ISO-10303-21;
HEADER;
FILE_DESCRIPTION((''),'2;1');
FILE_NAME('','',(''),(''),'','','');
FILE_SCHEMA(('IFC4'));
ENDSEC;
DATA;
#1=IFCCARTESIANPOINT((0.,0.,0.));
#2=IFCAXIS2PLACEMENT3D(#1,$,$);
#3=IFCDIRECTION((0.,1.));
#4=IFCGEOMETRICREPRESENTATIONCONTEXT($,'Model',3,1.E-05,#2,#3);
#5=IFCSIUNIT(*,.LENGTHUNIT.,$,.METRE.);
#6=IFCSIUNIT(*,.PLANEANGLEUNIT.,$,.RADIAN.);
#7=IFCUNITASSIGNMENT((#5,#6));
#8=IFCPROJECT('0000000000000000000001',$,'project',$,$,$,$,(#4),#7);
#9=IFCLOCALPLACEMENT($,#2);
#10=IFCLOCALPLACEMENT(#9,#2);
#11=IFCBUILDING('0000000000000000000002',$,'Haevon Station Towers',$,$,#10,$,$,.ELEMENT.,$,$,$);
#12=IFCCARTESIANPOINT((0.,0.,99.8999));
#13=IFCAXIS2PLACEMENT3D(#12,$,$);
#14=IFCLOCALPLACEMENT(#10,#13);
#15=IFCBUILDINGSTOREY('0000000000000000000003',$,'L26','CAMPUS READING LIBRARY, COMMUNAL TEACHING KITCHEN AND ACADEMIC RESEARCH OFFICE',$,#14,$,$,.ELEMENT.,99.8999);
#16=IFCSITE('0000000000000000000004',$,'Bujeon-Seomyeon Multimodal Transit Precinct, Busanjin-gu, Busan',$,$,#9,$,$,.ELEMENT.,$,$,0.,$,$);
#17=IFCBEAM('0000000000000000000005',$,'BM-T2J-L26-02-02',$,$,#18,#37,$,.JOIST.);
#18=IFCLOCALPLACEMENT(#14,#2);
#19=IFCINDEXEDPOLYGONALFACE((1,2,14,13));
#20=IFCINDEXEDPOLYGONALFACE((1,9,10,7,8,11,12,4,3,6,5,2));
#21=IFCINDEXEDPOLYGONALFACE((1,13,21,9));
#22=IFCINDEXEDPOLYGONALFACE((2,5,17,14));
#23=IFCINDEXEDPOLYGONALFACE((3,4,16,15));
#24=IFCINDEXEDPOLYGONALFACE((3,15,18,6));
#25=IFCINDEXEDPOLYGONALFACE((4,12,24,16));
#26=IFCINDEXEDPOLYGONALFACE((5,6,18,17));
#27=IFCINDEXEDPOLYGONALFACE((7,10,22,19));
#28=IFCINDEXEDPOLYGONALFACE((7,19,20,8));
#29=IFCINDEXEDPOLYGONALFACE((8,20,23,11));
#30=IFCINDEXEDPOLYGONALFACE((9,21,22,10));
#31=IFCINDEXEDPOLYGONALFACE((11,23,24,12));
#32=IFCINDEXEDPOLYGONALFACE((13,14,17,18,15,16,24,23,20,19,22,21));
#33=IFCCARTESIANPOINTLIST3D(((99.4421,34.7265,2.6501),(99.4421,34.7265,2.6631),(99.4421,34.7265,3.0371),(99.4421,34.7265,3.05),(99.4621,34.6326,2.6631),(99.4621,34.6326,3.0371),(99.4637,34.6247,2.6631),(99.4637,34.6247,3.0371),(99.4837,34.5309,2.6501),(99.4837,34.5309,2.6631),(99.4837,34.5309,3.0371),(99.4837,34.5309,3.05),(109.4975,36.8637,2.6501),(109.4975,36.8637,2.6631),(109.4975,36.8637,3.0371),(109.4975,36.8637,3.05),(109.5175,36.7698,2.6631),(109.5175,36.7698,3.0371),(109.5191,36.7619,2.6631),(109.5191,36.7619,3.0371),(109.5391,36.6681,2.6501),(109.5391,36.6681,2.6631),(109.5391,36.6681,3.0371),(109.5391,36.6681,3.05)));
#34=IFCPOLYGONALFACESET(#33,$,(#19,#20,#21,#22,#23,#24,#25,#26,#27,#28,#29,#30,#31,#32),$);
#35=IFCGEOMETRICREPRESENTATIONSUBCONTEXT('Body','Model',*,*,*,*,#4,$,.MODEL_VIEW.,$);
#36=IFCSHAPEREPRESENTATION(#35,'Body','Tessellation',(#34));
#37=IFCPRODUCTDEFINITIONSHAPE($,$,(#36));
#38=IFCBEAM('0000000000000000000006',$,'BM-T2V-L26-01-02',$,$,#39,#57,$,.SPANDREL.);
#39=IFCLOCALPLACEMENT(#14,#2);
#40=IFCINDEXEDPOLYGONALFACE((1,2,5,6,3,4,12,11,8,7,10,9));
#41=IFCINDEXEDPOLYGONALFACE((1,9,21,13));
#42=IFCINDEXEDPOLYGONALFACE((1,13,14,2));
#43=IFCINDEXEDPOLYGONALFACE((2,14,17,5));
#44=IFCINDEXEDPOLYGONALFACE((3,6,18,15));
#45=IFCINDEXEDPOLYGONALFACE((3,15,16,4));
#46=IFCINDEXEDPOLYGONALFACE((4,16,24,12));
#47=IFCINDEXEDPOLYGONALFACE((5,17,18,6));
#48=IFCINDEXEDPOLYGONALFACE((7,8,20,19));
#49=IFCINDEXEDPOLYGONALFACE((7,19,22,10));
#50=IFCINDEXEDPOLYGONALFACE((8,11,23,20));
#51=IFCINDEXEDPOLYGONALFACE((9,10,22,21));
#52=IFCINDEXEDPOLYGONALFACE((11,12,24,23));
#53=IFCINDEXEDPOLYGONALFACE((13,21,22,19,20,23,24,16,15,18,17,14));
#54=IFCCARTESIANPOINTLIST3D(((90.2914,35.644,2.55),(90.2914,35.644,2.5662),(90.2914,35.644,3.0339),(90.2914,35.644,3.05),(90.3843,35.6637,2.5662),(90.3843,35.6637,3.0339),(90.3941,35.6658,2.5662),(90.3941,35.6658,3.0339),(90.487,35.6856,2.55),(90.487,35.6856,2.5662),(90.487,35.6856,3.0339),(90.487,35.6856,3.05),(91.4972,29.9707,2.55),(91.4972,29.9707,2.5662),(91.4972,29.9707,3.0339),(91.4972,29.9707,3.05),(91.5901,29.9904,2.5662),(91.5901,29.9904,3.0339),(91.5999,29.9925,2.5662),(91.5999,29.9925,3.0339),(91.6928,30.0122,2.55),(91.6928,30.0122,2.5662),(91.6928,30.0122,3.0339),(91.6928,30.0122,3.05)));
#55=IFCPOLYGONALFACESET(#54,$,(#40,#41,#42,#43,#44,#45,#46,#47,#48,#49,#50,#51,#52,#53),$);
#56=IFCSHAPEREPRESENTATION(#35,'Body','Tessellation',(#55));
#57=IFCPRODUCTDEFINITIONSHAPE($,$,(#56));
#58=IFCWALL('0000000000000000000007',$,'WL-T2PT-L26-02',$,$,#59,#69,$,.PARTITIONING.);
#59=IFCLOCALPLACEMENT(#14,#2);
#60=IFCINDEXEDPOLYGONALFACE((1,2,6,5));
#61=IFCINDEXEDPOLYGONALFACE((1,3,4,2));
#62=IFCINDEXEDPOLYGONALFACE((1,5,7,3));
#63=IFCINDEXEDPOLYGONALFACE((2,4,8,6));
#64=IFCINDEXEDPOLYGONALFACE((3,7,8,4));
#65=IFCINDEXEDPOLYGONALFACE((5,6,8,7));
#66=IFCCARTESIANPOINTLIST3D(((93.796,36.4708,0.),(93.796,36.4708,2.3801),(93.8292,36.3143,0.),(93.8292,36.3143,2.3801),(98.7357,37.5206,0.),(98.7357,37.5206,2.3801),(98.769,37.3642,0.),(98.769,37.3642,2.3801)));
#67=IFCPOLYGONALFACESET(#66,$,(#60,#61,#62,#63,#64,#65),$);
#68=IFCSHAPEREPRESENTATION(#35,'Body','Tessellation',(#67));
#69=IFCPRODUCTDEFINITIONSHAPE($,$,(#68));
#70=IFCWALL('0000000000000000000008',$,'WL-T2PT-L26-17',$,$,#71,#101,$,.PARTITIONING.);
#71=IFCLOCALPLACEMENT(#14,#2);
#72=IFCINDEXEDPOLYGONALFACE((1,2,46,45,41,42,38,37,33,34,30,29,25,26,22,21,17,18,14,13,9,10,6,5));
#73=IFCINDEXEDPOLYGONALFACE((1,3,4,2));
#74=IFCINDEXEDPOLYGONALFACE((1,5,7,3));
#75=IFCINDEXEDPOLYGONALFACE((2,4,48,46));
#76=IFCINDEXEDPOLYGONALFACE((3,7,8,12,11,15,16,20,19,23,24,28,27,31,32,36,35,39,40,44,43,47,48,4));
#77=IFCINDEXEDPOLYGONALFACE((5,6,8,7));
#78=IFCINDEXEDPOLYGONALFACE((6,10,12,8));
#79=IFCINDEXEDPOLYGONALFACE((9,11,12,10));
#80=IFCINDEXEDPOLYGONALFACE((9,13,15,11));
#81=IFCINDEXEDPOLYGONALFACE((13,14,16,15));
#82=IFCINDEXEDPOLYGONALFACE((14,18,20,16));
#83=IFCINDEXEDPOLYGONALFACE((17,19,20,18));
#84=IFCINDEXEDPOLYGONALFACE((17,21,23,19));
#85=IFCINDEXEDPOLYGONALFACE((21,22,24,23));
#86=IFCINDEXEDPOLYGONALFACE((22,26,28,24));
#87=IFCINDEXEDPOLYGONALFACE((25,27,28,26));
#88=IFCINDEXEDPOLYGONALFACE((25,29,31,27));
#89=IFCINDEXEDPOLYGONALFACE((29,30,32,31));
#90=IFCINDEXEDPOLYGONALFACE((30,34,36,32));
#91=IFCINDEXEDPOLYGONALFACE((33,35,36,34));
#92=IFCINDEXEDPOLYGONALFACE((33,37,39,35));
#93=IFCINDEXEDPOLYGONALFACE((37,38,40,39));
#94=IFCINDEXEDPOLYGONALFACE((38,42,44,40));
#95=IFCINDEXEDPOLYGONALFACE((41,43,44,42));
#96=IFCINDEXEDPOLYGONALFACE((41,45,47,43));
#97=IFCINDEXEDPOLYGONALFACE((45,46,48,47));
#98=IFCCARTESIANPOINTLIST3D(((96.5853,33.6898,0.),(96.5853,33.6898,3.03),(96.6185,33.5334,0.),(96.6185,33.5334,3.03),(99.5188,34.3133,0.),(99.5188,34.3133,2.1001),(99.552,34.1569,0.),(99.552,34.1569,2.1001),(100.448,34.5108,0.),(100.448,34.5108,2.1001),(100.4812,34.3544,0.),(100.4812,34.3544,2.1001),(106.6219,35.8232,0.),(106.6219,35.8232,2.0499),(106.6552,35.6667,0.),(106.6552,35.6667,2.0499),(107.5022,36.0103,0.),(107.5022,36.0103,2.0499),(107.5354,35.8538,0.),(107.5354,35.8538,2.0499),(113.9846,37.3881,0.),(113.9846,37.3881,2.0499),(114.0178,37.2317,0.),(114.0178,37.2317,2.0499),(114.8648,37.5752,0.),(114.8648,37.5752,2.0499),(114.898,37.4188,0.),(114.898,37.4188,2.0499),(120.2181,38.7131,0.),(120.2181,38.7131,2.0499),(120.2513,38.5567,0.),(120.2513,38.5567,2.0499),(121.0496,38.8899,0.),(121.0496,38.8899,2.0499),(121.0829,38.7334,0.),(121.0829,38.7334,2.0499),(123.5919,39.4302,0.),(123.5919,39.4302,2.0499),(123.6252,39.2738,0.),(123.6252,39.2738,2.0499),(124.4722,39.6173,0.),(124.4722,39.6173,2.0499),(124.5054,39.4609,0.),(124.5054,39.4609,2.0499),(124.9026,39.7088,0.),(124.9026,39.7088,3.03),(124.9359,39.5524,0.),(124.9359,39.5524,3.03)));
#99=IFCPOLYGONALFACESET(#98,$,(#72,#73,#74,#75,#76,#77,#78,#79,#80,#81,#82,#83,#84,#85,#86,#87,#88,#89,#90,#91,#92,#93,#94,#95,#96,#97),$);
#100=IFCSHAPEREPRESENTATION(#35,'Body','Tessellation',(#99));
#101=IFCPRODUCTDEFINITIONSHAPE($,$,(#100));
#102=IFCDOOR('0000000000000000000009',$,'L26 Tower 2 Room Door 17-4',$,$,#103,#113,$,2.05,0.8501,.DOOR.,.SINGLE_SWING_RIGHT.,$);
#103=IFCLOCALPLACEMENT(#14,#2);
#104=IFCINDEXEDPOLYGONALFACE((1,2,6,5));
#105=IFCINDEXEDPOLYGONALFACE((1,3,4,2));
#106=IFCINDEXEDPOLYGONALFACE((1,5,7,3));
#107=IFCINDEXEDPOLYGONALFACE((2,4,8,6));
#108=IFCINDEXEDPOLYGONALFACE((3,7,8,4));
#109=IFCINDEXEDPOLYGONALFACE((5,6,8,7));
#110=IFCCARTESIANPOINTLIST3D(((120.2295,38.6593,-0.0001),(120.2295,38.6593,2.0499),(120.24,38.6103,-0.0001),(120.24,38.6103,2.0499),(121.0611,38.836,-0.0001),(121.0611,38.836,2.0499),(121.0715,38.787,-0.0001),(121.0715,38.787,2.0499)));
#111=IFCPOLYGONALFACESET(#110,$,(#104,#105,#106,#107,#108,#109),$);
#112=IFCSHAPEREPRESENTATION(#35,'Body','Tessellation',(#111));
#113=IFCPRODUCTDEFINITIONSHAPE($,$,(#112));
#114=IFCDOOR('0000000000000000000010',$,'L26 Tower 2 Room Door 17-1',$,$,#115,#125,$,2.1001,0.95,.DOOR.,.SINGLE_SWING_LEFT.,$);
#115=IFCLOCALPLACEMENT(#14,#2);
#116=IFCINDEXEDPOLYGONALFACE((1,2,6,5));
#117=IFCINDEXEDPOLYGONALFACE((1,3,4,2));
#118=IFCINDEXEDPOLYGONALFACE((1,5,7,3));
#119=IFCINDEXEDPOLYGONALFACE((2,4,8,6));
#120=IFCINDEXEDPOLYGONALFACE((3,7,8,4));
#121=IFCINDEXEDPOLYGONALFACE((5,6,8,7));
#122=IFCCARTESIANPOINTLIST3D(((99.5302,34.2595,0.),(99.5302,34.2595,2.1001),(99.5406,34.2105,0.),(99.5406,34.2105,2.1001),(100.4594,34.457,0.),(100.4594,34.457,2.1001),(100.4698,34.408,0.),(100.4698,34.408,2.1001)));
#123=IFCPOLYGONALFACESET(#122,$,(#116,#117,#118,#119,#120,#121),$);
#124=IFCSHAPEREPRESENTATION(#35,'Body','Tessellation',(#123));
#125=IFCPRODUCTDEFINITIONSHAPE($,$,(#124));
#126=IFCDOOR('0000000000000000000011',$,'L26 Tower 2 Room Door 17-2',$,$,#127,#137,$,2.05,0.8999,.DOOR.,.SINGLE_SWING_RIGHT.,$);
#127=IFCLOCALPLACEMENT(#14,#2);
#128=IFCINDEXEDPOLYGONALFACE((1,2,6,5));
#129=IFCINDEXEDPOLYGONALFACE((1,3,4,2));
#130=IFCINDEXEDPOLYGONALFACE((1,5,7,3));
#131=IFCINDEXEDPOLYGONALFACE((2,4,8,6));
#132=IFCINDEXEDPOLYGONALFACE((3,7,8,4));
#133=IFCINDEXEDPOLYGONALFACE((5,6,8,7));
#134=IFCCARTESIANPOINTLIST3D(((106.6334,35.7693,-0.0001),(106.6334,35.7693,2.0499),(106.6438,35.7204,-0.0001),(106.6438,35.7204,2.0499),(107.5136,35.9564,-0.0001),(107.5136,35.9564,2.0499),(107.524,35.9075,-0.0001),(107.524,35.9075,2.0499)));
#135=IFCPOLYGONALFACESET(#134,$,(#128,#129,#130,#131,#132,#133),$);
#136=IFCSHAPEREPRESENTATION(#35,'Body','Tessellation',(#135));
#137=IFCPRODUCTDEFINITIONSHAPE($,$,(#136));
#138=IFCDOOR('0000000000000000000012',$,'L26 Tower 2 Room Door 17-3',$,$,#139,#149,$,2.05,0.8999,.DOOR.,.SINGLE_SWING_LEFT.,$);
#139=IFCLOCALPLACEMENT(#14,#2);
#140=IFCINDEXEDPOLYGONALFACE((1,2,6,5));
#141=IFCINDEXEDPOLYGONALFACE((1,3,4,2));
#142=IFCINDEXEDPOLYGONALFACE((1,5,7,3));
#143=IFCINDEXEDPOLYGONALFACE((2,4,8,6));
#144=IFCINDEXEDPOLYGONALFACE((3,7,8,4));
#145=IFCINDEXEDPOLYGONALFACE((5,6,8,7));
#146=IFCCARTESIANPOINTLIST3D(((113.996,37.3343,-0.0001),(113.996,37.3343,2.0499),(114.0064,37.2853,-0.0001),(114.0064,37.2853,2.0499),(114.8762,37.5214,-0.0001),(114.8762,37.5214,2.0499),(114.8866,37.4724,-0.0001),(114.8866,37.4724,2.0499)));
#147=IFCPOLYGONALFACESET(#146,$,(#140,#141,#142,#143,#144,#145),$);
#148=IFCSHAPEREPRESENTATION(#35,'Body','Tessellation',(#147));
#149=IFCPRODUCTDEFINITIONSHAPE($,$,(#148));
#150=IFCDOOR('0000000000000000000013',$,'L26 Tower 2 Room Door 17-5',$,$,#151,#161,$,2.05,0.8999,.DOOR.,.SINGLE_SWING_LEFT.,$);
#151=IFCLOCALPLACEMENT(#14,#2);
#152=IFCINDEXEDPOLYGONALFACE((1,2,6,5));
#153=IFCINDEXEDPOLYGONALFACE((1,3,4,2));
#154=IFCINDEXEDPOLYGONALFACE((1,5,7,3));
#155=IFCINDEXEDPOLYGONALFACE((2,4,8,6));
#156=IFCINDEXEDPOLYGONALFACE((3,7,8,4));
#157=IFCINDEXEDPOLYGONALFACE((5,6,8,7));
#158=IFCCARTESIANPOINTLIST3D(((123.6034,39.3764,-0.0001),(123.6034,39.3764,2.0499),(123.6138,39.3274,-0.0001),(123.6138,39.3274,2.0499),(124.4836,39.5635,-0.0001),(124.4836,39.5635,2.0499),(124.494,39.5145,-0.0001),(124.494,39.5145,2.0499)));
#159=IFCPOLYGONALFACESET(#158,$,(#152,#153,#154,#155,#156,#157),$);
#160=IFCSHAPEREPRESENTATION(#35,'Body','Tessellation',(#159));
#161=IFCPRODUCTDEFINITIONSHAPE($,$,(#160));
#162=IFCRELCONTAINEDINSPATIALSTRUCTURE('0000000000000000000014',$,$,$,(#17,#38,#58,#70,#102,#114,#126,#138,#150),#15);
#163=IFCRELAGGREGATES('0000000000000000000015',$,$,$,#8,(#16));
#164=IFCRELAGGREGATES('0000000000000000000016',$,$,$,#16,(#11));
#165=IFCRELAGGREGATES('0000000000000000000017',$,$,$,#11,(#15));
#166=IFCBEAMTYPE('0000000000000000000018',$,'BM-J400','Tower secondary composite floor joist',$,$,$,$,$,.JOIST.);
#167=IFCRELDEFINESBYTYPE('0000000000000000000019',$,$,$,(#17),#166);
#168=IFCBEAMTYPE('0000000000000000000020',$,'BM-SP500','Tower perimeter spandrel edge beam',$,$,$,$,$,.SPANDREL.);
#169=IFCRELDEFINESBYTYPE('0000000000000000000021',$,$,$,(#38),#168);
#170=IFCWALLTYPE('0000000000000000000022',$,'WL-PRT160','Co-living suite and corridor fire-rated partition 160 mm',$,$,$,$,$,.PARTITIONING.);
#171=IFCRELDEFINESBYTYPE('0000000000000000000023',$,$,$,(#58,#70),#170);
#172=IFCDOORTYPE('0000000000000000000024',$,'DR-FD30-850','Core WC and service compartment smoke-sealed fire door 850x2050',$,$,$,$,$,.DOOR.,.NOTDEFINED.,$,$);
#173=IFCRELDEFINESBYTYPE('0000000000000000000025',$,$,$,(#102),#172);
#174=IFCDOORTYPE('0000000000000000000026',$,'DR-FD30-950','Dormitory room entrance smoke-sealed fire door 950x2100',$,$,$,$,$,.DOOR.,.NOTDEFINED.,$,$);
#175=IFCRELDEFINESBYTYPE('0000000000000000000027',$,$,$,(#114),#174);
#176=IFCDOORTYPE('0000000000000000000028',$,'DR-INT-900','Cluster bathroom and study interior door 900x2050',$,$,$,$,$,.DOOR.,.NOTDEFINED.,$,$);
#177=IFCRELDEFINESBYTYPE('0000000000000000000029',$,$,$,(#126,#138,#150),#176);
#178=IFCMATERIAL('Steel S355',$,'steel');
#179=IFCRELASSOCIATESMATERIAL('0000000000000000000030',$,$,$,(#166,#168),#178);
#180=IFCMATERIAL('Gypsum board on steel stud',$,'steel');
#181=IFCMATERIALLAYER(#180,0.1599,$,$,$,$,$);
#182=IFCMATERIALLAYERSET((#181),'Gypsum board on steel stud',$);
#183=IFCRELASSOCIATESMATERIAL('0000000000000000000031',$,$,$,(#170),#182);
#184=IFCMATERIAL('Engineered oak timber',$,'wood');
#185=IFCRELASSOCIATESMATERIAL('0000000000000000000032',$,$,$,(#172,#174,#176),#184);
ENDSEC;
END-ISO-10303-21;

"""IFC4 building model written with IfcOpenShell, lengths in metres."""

from ifc_helpers import new_model, si_unit, direction, frame, frame_2d, origin, origin_2d, place, context, subcontext, project, spatial, rectangle, i_section, extrude, material, layer, layer_set, material_profile, profile_set, type_object, element, fill, save


model = new_model("IFC4")

# Units and contexts
model_context = context("Model", 3, precision=1e-05, world=origin(), true_north=direction((0.0, 1.0)))
body_context = subcontext(model_context, "Body", "Model", "MODEL_VIEW")
ifc_project = project(units=[si_unit("LENGTHUNIT", "METRE"), si_unit("PLANEANGLEUNIT", "RADIAN")], contexts=[model_context])

# Site, building, storey
site_placement = place(None, origin())
site = spatial("IfcSite", under=ifc_project, at=site_placement, Name="Bujeon-Seomyeon Multimodal Transit Precinct, Busanjin-gu, Busan", CompositionType="ELEMENT", RefElevation=0.0)
building_placement = place(site_placement, origin())
building = spatial("IfcBuilding", under=site, at=building_placement, Name="Haevon Station Towers", CompositionType="ELEMENT")
storey_placement = place(building_placement, frame((0.0, 0.0, 99.8999)))
storey = spatial("IfcBuildingStorey", under=building, at=storey_placement, Name="L26", Description="CAMPUS READING LIBRARY, COMMUNAL TEACHING KITCHEN AND ACADEMIC RESEARCH OFFICE", CompositionType="ELEMENT", Elevation=99.8999)

# Beams
ifc_material_1 = material(Name="Steel S355", Category="steel")
ifc_material_profile_1 = material_profile(ifc_material_1, i_section(OverallWidth=0.2, OverallDepth=0.3999, WebThickness=0.0081, FlangeThickness=0.0129, at=origin_2d()), Name="H-400x200x8x13")
ifc_profile_set_1 = profile_set([ifc_material_profile_1], Name="Steel S355")
beam_type_1 = type_object("IfcBeamType", Name="BM-J400", Description="Tower secondary composite floor joist", PredefinedType="JOIST", material=ifc_profile_set_1)
beam_1_placement = place(storey_placement, frame((99.4629, 34.6287, 2.8501), z_axis=(0.97815, 0.207899, 0.0), x_axis=(-0.207899, 0.97815, 0.0)))
element("IfcBeam", 1, at=beam_1_placement, inside=storey, type_object=beam_type_1, Name="BM-T2J-L26-02-02", PredefinedType="JOIST", context=body_context, shape_type="SweptSolid", body=[
    extrude(i_section(OverallWidth=0.2, OverallDepth=0.3999, WebThickness=0.0081, FlangeThickness=0.0129, at=origin_2d()), origin(), (0.0, 0.0, 1.0), 10.28),
])
ifc_material_profile_2 = material_profile(ifc_material_1, i_section(OverallWidth=0.2, OverallDepth=0.5, WebThickness=0.01, FlangeThickness=0.0161, at=origin_2d()), Name="H-500x200x10x16")
ifc_profile_set_2 = profile_set([ifc_material_profile_2], Name="Steel S355")
beam_type_2 = type_object("IfcBeamType", Name="BM-SP500", Description="Tower perimeter spandrel edge beam", PredefinedType="SPANDREL", material=ifc_profile_set_2)
beam_2_placement = place(storey_placement, frame((91.595, 29.9915, 2.8), z_axis=(-0.207896, 0.978151, 0.0), x_axis=(-0.978151, -0.207896, 0.0)))
element("IfcBeam", 2, at=beam_2_placement, inside=storey, type_object=beam_type_2, Name="BM-T2V-L26-01-02", PredefinedType="SPANDREL", context=body_context, shape_type="SweptSolid", body=[
    extrude(i_section(OverallWidth=0.2, OverallDepth=0.5, WebThickness=0.01, FlangeThickness=0.0161, at=origin_2d()), origin(), (0.0, 0.0, 1.0), 5.8),
])

# Wall
ifc_material_2 = material(Name="Gypsum board on steel stud", Category="steel")
ifc_layer = layer(ifc_material_2, 0.1599)
ifc_layer_set = layer_set([ifc_layer], Name="Gypsum board on steel stud")
wall_type = type_object("IfcWallType", Name="WL-PRT160", Description="Co-living suite and corridor fire-rated partition 160 mm", PredefinedType="PARTITIONING", material=ifc_layer_set)
wall_1_placement = place(storey_placement, frame((93.8127, 36.3926, 0.0), z_axis=(0.0, 0.0, 1.0), x_axis=(0.978154, 0.207881, 0.0)))
element("IfcWall", 3, at=wall_1_placement, inside=storey, type_object=wall_type, Name="WL-T2PT-L26-02", PredefinedType="PARTITIONING", context=body_context, shape_type="SweptSolid", body=[
    extrude(rectangle(XDim=5.05, YDim=0.1599, at=frame_2d((2.5249, 0.0))), origin(), (0.0, 0.0, 1.0), 2.3801),
])

# Wall, openings, doors
wall_2_placement = place(storey_placement, frame((96.6018, 33.6116, 0.0), z_axis=(0.0, 0.0, 1.0), x_axis=(0.978148, 0.207912, 0.0)))
wall_2 = element("IfcWall", 4, at=wall_2_placement, inside=storey, type_object=wall_type, Name="WL-T2PT-L26-17", PredefinedType="PARTITIONING", context=body_context, shape_type="SweptSolid", body=[
    extrude(rectangle(XDim=28.95, YDim=0.1599, at=frame_2d((14.4751, 0.0))), origin(), (0.0, 0.0, 1.0), 3.03),
])
opening_1_placement = place(wall_2_placement, frame((2.999, 0.0, 0.0)))
opening_1 = element("IfcOpeningElement", 5, at=opening_1_placement, cuts=wall_2, PredefinedType="OPENING", context=body_context, shape_type="SweptSolid", body=[
    extrude(rectangle(XDim=0.95, YDim=2.1001, at=frame_2d((0.4751, 1.05))), frame((0.0, 0.0898, 0.0), z_axis=(0.0, -1.0, 0.0), x_axis=(1.0, 0.0, 0.0)), (0.0, 0.0, 1.0), 0.1799),
])
opening_2_placement = place(wall_2_placement, frame((10.261, 0.0, 0.0)))
opening_2 = element("IfcOpeningElement", 6, at=opening_2_placement, cuts=wall_2, PredefinedType="OPENING", context=body_context, shape_type="SweptSolid", body=[
    extrude(rectangle(XDim=0.8999, YDim=2.05, at=frame_2d((0.45, 1.0249))), frame((0.0, 0.0898, 0.0), z_axis=(0.0, -1.0, 0.0), x_axis=(1.0, 0.0, 0.0)), (0.0, 0.0, 1.0), 0.1799),
])
opening_3_placement = place(wall_2_placement, frame((17.7881, 0.0, 0.0)))
opening_3 = element("IfcOpeningElement", 7, at=opening_3_placement, cuts=wall_2, PredefinedType="OPENING", context=body_context, shape_type="SweptSolid", body=[
    extrude(rectangle(XDim=0.8999, YDim=2.05, at=frame_2d((0.45, 1.0249))), frame((0.0, 0.0898, 0.0), z_axis=(0.0, -1.0, 0.0), x_axis=(1.0, 0.0, 0.0)), (0.0, 0.0, 1.0), 0.1799),
])
opening_4_placement = place(wall_2_placement, frame((24.1609, 0.0, 0.0)))
opening_4 = element("IfcOpeningElement", 8, at=opening_4_placement, cuts=wall_2, PredefinedType="OPENING", context=body_context, shape_type="SweptSolid", body=[
    extrude(rectangle(XDim=0.8501, YDim=2.05, at=frame_2d((0.425, 1.0249))), frame((0.0, 0.0898, 0.0), z_axis=(0.0, -1.0, 0.0), x_axis=(1.0, 0.0, 0.0)), (0.0, 0.0, 1.0), 0.1799),
])
opening_5_placement = place(wall_2_placement, frame((27.6101, 0.0, 0.0)))
opening_5 = element("IfcOpeningElement", 9, at=opening_5_placement, cuts=wall_2, PredefinedType="OPENING", context=body_context, shape_type="SweptSolid", body=[
    extrude(rectangle(XDim=0.8999, YDim=2.05, at=frame_2d((0.45, 1.0249))), frame((0.0, 0.0898, 0.0), z_axis=(0.0, -1.0, 0.0), x_axis=(1.0, 0.0, 0.0)), (0.0, 0.0, 1.0), 0.1799),
])
ifc_material_3 = material(Name="Engineered oak timber", Category="wood")
door_type_1 = type_object("IfcDoorType", Name="DR-FD30-850", Description="Core WC and service compartment smoke-sealed fire door 850x2050", OperationType="NOTDEFINED", PredefinedType="DOOR", material=ifc_material_3)
door_1_placement = place(opening_4_placement, origin())
door_1 = element("IfcDoor", 10, at=door_1_placement, inside=storey, type_object=door_type_1, Name="L26 Tower 2 Room Door 17-4", OperationType="SINGLE_SWING_RIGHT", OverallHeight=2.05, OverallWidth=0.8501, PredefinedType="DOOR", context=body_context, shape_type="SweptSolid", body=[
    extrude(rectangle(XDim=0.8501, YDim=2.05, at=frame_2d((0.425, 1.0249))), frame((0.0, 0.0249, 0.0), z_axis=(0.0, -1.0, 0.0), x_axis=(1.0, 0.0, 0.0)), (0.0, 0.0, 1.0), 0.05),
])
fill(opening_4, door_1)
door_type_2 = type_object("IfcDoorType", Name="DR-FD30-950", Description="Dormitory room entrance smoke-sealed fire door 950x2100", OperationType="NOTDEFINED", PredefinedType="DOOR", material=ifc_material_3)
door_2_placement = place(opening_1_placement, origin())
door_2 = element("IfcDoor", 11, at=door_2_placement, inside=storey, type_object=door_type_2, Name="L26 Tower 2 Room Door 17-1", OperationType="SINGLE_SWING_LEFT", OverallHeight=2.1001, OverallWidth=0.95, PredefinedType="DOOR", context=body_context, shape_type="SweptSolid", body=[
    extrude(rectangle(XDim=0.95, YDim=2.1001, at=frame_2d((0.4751, 1.05))), frame((0.0, 0.0249, 0.0), z_axis=(0.0, -1.0, 0.0), x_axis=(1.0, 0.0, 0.0)), (0.0, 0.0, 1.0), 0.05),
])
fill(opening_1, door_2)
door_type_3 = type_object("IfcDoorType", Name="DR-INT-900", Description="Cluster bathroom and study interior door 900x2050", OperationType="NOTDEFINED", PredefinedType="DOOR", material=ifc_material_3)
door_3_placement = place(opening_2_placement, origin())
door_3 = element("IfcDoor", 12, at=door_3_placement, inside=storey, type_object=door_type_3, Name="L26 Tower 2 Room Door 17-2", OperationType="SINGLE_SWING_RIGHT", OverallHeight=2.05, OverallWidth=0.8999, PredefinedType="DOOR", context=body_context, shape_type="SweptSolid", body=[
    extrude(rectangle(XDim=0.8999, YDim=2.05, at=frame_2d((0.45, 1.0249))), frame((0.0, 0.0249, 0.0), z_axis=(0.0, -1.0, 0.0), x_axis=(1.0, 0.0, 0.0)), (0.0, 0.0, 1.0), 0.05),
])
fill(opening_2, door_3)
door_4_placement = place(opening_3_placement, origin())
door_4 = element("IfcDoor", 13, at=door_4_placement, inside=storey, type_object=door_type_3, Name="L26 Tower 2 Room Door 17-3", OperationType="SINGLE_SWING_LEFT", OverallHeight=2.05, OverallWidth=0.8999, PredefinedType="DOOR", context=body_context, shape_type="SweptSolid", body=[
    extrude(rectangle(XDim=0.8999, YDim=2.05, at=frame_2d((0.45, 1.0249))), frame((0.0, 0.0249, 0.0), z_axis=(0.0, -1.0, 0.0), x_axis=(1.0, 0.0, 0.0)), (0.0, 0.0, 1.0), 0.05),
])
fill(opening_3, door_4)
door_5_placement = place(opening_5_placement, origin())
door_5 = element("IfcDoor", 14, at=door_5_placement, inside=storey, type_object=door_type_3, Name="L26 Tower 2 Room Door 17-5", OperationType="SINGLE_SWING_LEFT", OverallHeight=2.05, OverallWidth=0.8999, PredefinedType="DOOR", context=body_context, shape_type="SweptSolid", body=[
    extrude(rectangle(XDim=0.8999, YDim=2.05, at=frame_2d((0.45, 1.0249))), frame((0.0, 0.0249, 0.0), z_axis=(0.0, -1.0, 0.0), x_axis=(1.0, 0.0, 0.0)), (0.0, 0.0, 1.0), 0.05),
])
fill(opening_5, door_5)

save(model, "model.ifc")
